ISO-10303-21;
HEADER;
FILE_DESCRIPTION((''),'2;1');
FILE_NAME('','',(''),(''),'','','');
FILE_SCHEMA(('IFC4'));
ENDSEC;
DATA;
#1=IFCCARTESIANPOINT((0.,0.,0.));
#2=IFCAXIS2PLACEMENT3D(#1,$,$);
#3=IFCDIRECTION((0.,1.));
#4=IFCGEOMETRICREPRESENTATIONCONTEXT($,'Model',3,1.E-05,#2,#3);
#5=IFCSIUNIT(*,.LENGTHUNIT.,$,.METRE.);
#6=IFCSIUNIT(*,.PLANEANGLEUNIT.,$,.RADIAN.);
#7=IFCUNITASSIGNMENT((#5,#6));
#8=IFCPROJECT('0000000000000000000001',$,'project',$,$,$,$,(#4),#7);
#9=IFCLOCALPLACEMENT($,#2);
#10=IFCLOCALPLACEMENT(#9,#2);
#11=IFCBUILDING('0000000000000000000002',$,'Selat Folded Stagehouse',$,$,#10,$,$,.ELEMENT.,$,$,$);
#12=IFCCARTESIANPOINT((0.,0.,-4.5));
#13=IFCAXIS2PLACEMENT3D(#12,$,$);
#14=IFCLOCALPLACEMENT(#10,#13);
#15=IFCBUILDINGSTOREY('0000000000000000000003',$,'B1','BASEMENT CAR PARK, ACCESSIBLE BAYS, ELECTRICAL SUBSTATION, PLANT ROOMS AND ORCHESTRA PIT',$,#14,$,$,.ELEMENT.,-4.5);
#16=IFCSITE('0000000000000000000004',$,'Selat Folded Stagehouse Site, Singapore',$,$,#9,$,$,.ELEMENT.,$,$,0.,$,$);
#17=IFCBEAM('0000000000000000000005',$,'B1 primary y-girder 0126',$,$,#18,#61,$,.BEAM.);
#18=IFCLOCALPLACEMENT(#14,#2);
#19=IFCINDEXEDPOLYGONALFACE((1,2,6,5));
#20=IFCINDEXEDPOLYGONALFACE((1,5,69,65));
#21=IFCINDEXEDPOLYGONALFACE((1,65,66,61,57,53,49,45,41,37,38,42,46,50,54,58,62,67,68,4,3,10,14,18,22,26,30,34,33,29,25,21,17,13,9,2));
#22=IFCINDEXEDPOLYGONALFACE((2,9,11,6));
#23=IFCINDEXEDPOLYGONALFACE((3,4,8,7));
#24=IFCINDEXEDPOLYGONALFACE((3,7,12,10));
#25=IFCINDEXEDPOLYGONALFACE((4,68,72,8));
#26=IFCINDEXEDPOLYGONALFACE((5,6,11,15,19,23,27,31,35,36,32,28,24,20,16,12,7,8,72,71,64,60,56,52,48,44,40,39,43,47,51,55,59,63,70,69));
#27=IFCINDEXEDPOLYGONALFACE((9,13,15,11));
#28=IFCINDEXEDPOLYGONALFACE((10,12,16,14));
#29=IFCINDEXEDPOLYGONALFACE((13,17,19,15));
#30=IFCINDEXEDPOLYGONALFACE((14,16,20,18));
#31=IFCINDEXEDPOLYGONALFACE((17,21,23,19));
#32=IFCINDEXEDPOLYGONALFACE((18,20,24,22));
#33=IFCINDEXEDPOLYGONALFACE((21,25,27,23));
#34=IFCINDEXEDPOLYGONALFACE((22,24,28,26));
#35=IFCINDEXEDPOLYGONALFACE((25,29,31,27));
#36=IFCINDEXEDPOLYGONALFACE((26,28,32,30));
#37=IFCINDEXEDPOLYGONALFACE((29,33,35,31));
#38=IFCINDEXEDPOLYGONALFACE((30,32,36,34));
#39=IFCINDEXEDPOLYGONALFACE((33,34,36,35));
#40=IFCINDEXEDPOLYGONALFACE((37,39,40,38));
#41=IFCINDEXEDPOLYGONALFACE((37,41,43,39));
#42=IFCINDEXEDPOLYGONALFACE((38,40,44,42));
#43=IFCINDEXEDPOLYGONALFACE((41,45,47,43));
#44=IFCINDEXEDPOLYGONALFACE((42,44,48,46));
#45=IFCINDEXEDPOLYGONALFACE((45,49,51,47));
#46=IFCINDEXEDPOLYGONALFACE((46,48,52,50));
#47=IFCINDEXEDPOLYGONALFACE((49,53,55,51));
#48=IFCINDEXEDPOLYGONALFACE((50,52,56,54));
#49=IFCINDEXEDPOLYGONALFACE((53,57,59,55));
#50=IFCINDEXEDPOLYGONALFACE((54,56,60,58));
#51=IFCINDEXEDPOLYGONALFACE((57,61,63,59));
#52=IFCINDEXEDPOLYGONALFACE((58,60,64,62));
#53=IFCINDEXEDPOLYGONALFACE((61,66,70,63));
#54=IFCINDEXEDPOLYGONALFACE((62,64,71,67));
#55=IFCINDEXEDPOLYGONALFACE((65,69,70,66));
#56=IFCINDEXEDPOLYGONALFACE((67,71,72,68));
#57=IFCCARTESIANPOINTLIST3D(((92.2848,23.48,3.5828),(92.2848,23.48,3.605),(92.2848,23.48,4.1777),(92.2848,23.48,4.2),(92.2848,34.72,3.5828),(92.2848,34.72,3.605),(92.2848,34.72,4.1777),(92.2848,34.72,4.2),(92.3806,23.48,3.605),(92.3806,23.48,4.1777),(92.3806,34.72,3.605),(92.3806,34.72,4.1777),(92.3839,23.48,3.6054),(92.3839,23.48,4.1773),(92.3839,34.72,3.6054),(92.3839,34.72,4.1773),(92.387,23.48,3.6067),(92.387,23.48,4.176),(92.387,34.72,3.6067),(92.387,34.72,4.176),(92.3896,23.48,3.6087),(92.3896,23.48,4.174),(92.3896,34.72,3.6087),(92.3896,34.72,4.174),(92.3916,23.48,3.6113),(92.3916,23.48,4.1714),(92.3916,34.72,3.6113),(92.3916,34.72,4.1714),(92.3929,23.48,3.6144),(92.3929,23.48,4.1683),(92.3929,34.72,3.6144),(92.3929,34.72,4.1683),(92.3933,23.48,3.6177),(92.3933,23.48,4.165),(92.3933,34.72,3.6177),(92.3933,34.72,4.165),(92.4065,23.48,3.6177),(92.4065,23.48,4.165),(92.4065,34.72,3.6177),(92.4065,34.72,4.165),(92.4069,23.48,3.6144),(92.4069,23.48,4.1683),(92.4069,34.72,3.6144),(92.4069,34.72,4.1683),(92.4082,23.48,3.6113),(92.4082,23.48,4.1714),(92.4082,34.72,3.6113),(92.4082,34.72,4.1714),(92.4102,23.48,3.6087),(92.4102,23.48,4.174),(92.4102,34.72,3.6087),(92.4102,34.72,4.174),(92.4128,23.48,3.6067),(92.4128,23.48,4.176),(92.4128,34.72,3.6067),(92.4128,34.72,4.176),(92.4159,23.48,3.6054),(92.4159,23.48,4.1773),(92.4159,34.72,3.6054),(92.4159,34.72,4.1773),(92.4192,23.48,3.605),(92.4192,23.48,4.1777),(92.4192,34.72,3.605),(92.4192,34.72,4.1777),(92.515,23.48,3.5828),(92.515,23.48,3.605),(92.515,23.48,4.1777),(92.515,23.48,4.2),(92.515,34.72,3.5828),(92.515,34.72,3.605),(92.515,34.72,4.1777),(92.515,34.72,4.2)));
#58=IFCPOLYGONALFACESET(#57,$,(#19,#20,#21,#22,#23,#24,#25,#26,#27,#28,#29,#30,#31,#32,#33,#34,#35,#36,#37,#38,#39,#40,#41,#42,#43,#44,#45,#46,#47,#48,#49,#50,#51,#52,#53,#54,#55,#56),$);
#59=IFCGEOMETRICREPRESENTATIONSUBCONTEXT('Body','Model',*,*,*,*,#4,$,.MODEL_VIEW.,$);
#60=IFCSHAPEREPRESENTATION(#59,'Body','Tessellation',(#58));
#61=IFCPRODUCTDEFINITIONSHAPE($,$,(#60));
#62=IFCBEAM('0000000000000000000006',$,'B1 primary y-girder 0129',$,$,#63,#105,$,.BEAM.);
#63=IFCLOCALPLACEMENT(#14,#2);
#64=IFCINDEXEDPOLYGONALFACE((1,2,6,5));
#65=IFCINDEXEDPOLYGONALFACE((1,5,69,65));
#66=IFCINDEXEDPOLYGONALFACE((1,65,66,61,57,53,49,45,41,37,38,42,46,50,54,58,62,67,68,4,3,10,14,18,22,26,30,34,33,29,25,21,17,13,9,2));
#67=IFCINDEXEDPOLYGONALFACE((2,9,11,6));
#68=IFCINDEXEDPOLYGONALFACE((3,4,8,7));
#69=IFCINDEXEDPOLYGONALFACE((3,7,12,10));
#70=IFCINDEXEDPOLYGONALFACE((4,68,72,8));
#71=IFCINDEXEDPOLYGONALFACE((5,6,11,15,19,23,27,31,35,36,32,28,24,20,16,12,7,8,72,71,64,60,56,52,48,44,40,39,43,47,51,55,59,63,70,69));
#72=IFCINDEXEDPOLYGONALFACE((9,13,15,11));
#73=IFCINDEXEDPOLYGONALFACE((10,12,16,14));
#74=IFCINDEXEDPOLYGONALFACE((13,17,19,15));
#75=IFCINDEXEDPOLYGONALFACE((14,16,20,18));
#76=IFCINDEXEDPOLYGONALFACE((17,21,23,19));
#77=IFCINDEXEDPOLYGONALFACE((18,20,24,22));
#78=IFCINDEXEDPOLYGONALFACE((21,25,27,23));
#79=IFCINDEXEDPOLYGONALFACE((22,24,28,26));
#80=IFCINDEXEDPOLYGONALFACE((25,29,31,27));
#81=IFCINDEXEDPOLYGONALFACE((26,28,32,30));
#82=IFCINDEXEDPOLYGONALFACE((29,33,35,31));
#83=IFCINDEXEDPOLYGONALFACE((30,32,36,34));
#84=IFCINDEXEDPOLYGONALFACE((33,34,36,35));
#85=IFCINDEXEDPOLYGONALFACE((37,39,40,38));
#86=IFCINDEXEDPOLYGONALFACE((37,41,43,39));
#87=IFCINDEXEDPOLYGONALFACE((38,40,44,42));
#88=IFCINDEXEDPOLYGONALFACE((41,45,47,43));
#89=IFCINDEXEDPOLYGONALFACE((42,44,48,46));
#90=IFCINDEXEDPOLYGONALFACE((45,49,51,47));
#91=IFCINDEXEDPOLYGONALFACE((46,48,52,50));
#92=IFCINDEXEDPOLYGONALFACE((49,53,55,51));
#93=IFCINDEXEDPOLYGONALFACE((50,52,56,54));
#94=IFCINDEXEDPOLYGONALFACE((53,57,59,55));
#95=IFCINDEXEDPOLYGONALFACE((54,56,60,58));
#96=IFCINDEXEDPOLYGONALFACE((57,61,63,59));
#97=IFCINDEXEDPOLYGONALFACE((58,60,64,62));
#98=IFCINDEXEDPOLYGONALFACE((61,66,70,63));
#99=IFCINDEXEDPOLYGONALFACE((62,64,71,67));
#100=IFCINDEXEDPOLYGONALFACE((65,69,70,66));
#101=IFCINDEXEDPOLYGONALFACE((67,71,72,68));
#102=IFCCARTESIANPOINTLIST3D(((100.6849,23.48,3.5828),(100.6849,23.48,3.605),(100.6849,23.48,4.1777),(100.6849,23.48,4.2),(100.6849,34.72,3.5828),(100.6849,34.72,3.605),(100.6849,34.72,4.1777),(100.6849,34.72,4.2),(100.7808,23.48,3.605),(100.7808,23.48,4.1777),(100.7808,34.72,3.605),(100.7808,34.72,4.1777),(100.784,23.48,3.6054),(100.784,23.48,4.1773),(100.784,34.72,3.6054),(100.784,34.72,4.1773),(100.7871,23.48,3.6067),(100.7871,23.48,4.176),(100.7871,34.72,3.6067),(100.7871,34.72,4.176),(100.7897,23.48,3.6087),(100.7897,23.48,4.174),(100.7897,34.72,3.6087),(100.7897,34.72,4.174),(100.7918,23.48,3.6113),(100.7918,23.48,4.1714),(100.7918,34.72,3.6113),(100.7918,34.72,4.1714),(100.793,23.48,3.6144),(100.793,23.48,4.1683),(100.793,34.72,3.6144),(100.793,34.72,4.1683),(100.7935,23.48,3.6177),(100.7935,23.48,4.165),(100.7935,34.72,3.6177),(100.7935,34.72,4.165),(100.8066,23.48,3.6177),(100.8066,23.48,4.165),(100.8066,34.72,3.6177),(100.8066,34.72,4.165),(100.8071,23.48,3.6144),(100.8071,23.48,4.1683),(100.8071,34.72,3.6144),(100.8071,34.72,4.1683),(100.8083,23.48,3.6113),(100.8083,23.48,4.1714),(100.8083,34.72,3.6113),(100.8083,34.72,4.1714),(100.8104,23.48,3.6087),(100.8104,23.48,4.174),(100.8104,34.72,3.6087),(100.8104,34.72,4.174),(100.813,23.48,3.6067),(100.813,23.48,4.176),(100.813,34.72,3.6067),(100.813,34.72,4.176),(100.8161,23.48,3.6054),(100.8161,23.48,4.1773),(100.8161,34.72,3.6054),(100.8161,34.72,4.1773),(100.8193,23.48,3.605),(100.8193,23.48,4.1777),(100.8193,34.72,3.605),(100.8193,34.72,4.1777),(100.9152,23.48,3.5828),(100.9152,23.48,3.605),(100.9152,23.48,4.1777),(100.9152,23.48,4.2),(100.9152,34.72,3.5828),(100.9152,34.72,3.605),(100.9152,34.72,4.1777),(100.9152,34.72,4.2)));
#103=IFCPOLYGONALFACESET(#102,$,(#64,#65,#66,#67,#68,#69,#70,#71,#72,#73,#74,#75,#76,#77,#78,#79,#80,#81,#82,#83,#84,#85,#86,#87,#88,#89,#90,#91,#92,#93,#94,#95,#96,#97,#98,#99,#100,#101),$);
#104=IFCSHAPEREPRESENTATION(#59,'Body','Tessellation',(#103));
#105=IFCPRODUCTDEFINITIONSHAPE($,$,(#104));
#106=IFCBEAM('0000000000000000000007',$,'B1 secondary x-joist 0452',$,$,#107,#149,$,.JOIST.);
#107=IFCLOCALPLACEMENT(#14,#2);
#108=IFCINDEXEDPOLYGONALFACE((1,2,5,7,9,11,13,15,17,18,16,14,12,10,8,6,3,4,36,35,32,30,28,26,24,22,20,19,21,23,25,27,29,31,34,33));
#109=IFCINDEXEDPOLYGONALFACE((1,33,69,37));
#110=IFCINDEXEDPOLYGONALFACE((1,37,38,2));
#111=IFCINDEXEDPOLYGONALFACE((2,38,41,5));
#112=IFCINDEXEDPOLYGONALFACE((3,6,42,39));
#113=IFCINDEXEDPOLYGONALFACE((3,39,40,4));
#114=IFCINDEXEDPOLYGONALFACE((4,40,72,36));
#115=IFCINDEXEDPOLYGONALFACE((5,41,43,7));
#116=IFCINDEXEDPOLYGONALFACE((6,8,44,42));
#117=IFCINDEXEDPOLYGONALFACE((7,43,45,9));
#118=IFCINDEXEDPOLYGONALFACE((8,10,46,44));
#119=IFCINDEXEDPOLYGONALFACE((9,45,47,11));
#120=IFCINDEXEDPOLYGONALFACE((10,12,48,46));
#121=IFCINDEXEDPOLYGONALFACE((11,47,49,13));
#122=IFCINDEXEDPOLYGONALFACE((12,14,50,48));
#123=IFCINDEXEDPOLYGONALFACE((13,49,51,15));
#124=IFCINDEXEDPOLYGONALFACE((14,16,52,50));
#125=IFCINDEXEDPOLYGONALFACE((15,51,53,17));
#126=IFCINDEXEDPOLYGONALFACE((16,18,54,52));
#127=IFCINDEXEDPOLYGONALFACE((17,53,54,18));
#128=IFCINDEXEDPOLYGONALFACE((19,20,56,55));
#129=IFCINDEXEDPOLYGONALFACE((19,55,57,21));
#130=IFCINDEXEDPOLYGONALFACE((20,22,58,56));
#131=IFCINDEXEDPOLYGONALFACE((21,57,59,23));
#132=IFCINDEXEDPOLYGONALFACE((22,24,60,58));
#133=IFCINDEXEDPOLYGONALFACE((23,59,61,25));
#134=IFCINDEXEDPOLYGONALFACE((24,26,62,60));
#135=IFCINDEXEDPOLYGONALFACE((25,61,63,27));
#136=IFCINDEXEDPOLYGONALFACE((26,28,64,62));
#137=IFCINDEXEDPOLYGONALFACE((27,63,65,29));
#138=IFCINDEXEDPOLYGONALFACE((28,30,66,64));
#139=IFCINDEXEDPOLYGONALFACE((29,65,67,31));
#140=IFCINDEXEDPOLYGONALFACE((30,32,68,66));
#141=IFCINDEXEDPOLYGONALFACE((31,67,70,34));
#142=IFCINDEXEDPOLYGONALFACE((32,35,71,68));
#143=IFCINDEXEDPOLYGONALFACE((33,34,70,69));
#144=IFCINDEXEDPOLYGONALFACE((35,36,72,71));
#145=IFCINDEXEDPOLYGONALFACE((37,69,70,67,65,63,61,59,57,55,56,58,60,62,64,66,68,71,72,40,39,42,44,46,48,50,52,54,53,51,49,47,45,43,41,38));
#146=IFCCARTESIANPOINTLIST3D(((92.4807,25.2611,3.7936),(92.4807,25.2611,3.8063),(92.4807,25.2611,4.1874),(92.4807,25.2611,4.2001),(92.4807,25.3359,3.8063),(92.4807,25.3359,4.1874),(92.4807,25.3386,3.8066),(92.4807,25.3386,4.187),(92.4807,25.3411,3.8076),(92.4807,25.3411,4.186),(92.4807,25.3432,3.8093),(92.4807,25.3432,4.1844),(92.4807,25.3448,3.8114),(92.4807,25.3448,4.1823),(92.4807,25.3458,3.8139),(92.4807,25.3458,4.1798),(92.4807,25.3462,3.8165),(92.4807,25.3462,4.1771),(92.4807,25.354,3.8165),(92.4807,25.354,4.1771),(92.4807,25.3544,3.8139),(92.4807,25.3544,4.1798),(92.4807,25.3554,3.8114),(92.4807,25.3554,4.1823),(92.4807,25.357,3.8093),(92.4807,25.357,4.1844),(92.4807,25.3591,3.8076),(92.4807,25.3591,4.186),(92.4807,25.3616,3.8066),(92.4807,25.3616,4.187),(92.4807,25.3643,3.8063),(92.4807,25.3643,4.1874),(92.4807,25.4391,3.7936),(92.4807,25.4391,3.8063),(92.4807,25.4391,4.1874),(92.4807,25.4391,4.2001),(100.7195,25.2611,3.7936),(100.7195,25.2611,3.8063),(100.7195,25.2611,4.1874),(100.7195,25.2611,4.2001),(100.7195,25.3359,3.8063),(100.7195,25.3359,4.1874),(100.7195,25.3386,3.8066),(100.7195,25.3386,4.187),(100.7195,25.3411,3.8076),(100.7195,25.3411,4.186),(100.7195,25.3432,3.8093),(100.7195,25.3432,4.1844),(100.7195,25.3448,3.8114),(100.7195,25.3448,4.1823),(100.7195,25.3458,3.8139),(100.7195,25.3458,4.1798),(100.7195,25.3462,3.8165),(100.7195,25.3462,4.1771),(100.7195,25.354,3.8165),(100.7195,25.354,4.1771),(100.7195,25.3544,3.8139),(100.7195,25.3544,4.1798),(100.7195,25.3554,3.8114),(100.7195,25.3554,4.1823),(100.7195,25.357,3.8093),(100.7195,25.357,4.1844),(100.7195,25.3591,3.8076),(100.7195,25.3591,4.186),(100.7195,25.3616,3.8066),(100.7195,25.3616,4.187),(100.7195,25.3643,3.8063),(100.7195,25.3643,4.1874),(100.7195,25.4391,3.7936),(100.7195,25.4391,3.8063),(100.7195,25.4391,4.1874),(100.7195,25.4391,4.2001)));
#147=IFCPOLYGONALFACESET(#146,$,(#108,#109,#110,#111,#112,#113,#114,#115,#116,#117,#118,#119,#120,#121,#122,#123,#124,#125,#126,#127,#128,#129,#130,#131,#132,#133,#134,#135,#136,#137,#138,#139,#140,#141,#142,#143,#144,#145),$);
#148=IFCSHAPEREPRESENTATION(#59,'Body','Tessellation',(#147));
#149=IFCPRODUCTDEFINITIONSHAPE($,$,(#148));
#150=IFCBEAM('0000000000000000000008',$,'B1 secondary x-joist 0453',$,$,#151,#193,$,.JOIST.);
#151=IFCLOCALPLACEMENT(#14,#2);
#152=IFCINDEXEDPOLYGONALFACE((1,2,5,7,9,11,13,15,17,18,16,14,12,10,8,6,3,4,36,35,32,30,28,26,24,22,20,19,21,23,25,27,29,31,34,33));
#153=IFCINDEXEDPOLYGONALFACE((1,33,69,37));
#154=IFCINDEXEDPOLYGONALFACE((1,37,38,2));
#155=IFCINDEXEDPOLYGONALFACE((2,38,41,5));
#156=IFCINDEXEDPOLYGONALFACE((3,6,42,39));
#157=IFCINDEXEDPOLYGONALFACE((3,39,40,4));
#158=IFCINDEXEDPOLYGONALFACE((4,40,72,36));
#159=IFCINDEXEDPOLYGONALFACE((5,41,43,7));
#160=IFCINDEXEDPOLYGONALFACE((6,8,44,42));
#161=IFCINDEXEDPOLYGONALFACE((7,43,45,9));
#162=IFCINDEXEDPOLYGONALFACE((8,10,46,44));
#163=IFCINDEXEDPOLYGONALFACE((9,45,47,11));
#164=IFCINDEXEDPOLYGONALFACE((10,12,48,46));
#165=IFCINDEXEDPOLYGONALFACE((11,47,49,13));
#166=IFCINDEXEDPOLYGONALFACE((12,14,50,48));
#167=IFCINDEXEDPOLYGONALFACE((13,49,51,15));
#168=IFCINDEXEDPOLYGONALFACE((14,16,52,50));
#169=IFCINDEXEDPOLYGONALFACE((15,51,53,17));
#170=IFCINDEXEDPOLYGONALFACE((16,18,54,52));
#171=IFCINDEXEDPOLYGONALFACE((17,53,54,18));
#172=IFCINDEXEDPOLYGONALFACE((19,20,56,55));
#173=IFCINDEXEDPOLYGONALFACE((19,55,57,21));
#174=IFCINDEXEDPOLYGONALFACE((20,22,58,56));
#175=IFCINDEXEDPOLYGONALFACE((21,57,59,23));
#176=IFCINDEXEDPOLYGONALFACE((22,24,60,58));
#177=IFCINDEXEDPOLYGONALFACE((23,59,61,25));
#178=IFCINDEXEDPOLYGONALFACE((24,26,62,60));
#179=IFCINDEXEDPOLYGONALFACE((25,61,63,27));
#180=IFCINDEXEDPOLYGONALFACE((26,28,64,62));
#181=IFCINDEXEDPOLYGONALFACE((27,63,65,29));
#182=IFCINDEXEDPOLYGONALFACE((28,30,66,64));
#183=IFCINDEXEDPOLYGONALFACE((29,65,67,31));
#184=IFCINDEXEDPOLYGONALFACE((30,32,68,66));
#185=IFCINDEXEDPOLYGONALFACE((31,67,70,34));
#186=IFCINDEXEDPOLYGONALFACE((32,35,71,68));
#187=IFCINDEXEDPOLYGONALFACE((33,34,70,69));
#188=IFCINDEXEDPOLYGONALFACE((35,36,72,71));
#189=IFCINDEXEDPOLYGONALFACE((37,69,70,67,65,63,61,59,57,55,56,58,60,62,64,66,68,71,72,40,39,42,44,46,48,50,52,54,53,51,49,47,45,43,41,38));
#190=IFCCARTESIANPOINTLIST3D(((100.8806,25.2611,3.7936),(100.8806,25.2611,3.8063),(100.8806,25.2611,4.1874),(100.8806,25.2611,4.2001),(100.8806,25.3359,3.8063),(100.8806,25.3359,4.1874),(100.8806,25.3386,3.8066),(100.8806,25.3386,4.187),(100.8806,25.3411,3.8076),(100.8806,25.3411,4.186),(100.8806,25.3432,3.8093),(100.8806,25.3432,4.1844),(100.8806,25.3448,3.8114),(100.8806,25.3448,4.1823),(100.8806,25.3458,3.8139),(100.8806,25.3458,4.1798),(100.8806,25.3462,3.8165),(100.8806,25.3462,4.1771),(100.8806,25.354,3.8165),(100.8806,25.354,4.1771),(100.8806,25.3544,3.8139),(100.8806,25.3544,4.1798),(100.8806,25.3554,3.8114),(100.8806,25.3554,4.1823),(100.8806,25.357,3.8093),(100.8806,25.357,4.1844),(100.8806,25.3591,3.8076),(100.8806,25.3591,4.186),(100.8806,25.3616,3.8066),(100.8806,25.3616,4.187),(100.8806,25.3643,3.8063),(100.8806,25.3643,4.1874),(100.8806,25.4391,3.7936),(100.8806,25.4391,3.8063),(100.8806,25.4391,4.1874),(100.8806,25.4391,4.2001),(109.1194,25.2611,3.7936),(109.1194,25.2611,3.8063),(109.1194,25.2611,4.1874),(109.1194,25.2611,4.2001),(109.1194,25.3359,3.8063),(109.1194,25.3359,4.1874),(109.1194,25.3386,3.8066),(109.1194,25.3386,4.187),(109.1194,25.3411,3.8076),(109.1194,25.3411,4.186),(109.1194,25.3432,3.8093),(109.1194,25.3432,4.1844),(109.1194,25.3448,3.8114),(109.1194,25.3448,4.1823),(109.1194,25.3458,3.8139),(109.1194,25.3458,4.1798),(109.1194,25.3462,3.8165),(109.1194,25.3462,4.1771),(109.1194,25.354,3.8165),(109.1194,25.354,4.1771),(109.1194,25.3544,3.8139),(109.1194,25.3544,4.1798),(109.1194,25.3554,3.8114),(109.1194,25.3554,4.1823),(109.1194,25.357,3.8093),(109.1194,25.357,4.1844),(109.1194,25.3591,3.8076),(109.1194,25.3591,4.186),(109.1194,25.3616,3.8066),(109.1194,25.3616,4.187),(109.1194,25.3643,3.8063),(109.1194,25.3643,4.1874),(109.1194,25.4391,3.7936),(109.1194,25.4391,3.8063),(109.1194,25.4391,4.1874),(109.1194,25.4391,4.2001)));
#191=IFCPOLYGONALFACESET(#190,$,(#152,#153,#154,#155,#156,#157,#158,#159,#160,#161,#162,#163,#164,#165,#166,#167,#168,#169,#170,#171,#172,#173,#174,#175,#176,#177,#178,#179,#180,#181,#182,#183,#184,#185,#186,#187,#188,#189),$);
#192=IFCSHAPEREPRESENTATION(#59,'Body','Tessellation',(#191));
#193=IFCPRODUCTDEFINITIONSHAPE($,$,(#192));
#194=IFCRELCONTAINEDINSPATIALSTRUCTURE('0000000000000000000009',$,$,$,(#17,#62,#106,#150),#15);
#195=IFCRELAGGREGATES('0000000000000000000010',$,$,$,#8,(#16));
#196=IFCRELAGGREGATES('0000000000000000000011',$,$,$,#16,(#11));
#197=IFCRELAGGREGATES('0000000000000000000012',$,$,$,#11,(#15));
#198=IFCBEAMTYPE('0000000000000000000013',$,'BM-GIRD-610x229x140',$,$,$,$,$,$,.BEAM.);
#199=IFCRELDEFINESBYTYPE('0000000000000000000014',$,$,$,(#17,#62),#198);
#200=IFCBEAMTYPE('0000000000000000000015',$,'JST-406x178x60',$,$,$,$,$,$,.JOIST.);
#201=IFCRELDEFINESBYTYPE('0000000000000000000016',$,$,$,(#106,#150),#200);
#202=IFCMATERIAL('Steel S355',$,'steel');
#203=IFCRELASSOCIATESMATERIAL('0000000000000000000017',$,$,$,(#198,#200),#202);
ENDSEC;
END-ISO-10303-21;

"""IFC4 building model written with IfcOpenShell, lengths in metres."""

from ifc_helpers import new_model, si_unit, direction, frame, origin, origin_2d, place, context, subcontext, project, spatial, i_section, extrude, material, material_profile, profile_set, type_object, element, save


model = new_model("IFC4")

# Units and contexts
model_context = context("Model", 3, precision=1e-05, world=origin(), true_north=direction((0.0, 1.0)))
body_context = subcontext(model_context, "Body", "Model", "MODEL_VIEW")
ifc_project = project(units=[si_unit("LENGTHUNIT", "METRE"), si_unit("PLANEANGLEUNIT", "RADIAN")], contexts=[model_context])

# Site, building, storey
site_placement = place(None, origin())
site = spatial("IfcSite", under=ifc_project, at=site_placement, Name="Selat Folded Stagehouse Site, Singapore", CompositionType="ELEMENT", RefElevation=0.0)
building_placement = place(site_placement, origin())
building = spatial("IfcBuilding", under=site, at=building_placement, Name="Selat Folded Stagehouse", CompositionType="ELEMENT")
storey_placement = place(building_placement, frame((0.0, 0.0, -4.5)))
storey = spatial("IfcBuildingStorey", under=building, at=storey_placement, Name="B1", Description="BASEMENT CAR PARK, ACCESSIBLE BAYS, ELECTRICAL SUBSTATION, PLANT ROOMS AND ORCHESTRA PIT", CompositionType="ELEMENT", Elevation=-4.5)

# Shared definitions
ifc_material_1 = material(Name="Steel S355", Category="steel")

# Beams
ifc_material_profile_1 = material_profile(ifc_material_1, i_section(OverallWidth=0.2302, OverallDepth=0.6172, WebThickness=0.0132, FlangeThickness=0.0222, FilletRadius=0.0127, at=origin_2d()), Name="UKB 610x229x140")
ifc_profile_set_1 = profile_set([ifc_material_profile_1], Name="Steel S355")
beam_type_1 = type_object("IfcBeamType", Name="BM-GIRD-610x229x140", PredefinedType="BEAM", material=ifc_profile_set_1)
for number, where, z_axis, x_axis, name in (
    (1, (92.3999, 23.48, 3.8914), (0.0, 1.0, 0.0), (-1.0, 0.0, 0.0), "B1 primary y-girder 0126"),
    (2, (100.8, 23.48, 3.8914), (0.0, 1.0, 0.0), (-1.0, 0.0, 0.0), "B1 primary y-girder 0129"),
):
    element("IfcBeam", number, at=place(storey_placement, frame(where, z_axis=z_axis, x_axis=x_axis)), inside=storey, type_object=beam_type_1, Name=name, PredefinedType="BEAM", context=body_context, shape_type="SweptSolid", body=[
        extrude(i_section(OverallWidth=0.2302, OverallDepth=0.6172, WebThickness=0.0132, FlangeThickness=0.0222, FilletRadius=0.0127, at=origin_2d()), origin(), (0.0, 0.0, 1.0), 11.24),
    ])
ifc_material_profile_2 = material_profile(ifc_material_1, i_section(OverallWidth=0.178, OverallDepth=0.4065, WebThickness=0.0078, FlangeThickness=0.0127, FilletRadius=0.0103, at=origin_2d()), Name="UKB 406x178x60")
ifc_profile_set_2 = profile_set([ifc_material_profile_2], Name="Steel S355")
beam_type_2 = type_object("IfcBeamType", Name="JST-406x178x60", PredefinedType="JOIST", material=ifc_profile_set_2)
for number, where, z_axis, x_axis, name in (
    (3, (92.4807, 25.3501, 3.9968), (1.0, 0.0, 0.0), (0.0, 1.0, 0.0), "B1 secondary x-joist 0452"),
    (4, (100.8806, 25.3501, 3.9968), (1.0, 0.0, 0.0), (0.0, 1.0, 0.0), "B1 secondary x-joist 0453"),
):
    element("IfcBeam", number, at=place(storey_placement, frame(where, z_axis=z_axis, x_axis=x_axis)), inside=storey, type_object=beam_type_2, Name=name, PredefinedType="JOIST", context=body_context, shape_type="SweptSolid", body=[
        extrude(i_section(OverallWidth=0.178, OverallDepth=0.4065, WebThickness=0.0078, FlangeThickness=0.0127, FilletRadius=0.0103, at=origin_2d()), origin(), (0.0, 0.0, 1.0), 8.2388),
    ])

save(model, "model.ifc")
